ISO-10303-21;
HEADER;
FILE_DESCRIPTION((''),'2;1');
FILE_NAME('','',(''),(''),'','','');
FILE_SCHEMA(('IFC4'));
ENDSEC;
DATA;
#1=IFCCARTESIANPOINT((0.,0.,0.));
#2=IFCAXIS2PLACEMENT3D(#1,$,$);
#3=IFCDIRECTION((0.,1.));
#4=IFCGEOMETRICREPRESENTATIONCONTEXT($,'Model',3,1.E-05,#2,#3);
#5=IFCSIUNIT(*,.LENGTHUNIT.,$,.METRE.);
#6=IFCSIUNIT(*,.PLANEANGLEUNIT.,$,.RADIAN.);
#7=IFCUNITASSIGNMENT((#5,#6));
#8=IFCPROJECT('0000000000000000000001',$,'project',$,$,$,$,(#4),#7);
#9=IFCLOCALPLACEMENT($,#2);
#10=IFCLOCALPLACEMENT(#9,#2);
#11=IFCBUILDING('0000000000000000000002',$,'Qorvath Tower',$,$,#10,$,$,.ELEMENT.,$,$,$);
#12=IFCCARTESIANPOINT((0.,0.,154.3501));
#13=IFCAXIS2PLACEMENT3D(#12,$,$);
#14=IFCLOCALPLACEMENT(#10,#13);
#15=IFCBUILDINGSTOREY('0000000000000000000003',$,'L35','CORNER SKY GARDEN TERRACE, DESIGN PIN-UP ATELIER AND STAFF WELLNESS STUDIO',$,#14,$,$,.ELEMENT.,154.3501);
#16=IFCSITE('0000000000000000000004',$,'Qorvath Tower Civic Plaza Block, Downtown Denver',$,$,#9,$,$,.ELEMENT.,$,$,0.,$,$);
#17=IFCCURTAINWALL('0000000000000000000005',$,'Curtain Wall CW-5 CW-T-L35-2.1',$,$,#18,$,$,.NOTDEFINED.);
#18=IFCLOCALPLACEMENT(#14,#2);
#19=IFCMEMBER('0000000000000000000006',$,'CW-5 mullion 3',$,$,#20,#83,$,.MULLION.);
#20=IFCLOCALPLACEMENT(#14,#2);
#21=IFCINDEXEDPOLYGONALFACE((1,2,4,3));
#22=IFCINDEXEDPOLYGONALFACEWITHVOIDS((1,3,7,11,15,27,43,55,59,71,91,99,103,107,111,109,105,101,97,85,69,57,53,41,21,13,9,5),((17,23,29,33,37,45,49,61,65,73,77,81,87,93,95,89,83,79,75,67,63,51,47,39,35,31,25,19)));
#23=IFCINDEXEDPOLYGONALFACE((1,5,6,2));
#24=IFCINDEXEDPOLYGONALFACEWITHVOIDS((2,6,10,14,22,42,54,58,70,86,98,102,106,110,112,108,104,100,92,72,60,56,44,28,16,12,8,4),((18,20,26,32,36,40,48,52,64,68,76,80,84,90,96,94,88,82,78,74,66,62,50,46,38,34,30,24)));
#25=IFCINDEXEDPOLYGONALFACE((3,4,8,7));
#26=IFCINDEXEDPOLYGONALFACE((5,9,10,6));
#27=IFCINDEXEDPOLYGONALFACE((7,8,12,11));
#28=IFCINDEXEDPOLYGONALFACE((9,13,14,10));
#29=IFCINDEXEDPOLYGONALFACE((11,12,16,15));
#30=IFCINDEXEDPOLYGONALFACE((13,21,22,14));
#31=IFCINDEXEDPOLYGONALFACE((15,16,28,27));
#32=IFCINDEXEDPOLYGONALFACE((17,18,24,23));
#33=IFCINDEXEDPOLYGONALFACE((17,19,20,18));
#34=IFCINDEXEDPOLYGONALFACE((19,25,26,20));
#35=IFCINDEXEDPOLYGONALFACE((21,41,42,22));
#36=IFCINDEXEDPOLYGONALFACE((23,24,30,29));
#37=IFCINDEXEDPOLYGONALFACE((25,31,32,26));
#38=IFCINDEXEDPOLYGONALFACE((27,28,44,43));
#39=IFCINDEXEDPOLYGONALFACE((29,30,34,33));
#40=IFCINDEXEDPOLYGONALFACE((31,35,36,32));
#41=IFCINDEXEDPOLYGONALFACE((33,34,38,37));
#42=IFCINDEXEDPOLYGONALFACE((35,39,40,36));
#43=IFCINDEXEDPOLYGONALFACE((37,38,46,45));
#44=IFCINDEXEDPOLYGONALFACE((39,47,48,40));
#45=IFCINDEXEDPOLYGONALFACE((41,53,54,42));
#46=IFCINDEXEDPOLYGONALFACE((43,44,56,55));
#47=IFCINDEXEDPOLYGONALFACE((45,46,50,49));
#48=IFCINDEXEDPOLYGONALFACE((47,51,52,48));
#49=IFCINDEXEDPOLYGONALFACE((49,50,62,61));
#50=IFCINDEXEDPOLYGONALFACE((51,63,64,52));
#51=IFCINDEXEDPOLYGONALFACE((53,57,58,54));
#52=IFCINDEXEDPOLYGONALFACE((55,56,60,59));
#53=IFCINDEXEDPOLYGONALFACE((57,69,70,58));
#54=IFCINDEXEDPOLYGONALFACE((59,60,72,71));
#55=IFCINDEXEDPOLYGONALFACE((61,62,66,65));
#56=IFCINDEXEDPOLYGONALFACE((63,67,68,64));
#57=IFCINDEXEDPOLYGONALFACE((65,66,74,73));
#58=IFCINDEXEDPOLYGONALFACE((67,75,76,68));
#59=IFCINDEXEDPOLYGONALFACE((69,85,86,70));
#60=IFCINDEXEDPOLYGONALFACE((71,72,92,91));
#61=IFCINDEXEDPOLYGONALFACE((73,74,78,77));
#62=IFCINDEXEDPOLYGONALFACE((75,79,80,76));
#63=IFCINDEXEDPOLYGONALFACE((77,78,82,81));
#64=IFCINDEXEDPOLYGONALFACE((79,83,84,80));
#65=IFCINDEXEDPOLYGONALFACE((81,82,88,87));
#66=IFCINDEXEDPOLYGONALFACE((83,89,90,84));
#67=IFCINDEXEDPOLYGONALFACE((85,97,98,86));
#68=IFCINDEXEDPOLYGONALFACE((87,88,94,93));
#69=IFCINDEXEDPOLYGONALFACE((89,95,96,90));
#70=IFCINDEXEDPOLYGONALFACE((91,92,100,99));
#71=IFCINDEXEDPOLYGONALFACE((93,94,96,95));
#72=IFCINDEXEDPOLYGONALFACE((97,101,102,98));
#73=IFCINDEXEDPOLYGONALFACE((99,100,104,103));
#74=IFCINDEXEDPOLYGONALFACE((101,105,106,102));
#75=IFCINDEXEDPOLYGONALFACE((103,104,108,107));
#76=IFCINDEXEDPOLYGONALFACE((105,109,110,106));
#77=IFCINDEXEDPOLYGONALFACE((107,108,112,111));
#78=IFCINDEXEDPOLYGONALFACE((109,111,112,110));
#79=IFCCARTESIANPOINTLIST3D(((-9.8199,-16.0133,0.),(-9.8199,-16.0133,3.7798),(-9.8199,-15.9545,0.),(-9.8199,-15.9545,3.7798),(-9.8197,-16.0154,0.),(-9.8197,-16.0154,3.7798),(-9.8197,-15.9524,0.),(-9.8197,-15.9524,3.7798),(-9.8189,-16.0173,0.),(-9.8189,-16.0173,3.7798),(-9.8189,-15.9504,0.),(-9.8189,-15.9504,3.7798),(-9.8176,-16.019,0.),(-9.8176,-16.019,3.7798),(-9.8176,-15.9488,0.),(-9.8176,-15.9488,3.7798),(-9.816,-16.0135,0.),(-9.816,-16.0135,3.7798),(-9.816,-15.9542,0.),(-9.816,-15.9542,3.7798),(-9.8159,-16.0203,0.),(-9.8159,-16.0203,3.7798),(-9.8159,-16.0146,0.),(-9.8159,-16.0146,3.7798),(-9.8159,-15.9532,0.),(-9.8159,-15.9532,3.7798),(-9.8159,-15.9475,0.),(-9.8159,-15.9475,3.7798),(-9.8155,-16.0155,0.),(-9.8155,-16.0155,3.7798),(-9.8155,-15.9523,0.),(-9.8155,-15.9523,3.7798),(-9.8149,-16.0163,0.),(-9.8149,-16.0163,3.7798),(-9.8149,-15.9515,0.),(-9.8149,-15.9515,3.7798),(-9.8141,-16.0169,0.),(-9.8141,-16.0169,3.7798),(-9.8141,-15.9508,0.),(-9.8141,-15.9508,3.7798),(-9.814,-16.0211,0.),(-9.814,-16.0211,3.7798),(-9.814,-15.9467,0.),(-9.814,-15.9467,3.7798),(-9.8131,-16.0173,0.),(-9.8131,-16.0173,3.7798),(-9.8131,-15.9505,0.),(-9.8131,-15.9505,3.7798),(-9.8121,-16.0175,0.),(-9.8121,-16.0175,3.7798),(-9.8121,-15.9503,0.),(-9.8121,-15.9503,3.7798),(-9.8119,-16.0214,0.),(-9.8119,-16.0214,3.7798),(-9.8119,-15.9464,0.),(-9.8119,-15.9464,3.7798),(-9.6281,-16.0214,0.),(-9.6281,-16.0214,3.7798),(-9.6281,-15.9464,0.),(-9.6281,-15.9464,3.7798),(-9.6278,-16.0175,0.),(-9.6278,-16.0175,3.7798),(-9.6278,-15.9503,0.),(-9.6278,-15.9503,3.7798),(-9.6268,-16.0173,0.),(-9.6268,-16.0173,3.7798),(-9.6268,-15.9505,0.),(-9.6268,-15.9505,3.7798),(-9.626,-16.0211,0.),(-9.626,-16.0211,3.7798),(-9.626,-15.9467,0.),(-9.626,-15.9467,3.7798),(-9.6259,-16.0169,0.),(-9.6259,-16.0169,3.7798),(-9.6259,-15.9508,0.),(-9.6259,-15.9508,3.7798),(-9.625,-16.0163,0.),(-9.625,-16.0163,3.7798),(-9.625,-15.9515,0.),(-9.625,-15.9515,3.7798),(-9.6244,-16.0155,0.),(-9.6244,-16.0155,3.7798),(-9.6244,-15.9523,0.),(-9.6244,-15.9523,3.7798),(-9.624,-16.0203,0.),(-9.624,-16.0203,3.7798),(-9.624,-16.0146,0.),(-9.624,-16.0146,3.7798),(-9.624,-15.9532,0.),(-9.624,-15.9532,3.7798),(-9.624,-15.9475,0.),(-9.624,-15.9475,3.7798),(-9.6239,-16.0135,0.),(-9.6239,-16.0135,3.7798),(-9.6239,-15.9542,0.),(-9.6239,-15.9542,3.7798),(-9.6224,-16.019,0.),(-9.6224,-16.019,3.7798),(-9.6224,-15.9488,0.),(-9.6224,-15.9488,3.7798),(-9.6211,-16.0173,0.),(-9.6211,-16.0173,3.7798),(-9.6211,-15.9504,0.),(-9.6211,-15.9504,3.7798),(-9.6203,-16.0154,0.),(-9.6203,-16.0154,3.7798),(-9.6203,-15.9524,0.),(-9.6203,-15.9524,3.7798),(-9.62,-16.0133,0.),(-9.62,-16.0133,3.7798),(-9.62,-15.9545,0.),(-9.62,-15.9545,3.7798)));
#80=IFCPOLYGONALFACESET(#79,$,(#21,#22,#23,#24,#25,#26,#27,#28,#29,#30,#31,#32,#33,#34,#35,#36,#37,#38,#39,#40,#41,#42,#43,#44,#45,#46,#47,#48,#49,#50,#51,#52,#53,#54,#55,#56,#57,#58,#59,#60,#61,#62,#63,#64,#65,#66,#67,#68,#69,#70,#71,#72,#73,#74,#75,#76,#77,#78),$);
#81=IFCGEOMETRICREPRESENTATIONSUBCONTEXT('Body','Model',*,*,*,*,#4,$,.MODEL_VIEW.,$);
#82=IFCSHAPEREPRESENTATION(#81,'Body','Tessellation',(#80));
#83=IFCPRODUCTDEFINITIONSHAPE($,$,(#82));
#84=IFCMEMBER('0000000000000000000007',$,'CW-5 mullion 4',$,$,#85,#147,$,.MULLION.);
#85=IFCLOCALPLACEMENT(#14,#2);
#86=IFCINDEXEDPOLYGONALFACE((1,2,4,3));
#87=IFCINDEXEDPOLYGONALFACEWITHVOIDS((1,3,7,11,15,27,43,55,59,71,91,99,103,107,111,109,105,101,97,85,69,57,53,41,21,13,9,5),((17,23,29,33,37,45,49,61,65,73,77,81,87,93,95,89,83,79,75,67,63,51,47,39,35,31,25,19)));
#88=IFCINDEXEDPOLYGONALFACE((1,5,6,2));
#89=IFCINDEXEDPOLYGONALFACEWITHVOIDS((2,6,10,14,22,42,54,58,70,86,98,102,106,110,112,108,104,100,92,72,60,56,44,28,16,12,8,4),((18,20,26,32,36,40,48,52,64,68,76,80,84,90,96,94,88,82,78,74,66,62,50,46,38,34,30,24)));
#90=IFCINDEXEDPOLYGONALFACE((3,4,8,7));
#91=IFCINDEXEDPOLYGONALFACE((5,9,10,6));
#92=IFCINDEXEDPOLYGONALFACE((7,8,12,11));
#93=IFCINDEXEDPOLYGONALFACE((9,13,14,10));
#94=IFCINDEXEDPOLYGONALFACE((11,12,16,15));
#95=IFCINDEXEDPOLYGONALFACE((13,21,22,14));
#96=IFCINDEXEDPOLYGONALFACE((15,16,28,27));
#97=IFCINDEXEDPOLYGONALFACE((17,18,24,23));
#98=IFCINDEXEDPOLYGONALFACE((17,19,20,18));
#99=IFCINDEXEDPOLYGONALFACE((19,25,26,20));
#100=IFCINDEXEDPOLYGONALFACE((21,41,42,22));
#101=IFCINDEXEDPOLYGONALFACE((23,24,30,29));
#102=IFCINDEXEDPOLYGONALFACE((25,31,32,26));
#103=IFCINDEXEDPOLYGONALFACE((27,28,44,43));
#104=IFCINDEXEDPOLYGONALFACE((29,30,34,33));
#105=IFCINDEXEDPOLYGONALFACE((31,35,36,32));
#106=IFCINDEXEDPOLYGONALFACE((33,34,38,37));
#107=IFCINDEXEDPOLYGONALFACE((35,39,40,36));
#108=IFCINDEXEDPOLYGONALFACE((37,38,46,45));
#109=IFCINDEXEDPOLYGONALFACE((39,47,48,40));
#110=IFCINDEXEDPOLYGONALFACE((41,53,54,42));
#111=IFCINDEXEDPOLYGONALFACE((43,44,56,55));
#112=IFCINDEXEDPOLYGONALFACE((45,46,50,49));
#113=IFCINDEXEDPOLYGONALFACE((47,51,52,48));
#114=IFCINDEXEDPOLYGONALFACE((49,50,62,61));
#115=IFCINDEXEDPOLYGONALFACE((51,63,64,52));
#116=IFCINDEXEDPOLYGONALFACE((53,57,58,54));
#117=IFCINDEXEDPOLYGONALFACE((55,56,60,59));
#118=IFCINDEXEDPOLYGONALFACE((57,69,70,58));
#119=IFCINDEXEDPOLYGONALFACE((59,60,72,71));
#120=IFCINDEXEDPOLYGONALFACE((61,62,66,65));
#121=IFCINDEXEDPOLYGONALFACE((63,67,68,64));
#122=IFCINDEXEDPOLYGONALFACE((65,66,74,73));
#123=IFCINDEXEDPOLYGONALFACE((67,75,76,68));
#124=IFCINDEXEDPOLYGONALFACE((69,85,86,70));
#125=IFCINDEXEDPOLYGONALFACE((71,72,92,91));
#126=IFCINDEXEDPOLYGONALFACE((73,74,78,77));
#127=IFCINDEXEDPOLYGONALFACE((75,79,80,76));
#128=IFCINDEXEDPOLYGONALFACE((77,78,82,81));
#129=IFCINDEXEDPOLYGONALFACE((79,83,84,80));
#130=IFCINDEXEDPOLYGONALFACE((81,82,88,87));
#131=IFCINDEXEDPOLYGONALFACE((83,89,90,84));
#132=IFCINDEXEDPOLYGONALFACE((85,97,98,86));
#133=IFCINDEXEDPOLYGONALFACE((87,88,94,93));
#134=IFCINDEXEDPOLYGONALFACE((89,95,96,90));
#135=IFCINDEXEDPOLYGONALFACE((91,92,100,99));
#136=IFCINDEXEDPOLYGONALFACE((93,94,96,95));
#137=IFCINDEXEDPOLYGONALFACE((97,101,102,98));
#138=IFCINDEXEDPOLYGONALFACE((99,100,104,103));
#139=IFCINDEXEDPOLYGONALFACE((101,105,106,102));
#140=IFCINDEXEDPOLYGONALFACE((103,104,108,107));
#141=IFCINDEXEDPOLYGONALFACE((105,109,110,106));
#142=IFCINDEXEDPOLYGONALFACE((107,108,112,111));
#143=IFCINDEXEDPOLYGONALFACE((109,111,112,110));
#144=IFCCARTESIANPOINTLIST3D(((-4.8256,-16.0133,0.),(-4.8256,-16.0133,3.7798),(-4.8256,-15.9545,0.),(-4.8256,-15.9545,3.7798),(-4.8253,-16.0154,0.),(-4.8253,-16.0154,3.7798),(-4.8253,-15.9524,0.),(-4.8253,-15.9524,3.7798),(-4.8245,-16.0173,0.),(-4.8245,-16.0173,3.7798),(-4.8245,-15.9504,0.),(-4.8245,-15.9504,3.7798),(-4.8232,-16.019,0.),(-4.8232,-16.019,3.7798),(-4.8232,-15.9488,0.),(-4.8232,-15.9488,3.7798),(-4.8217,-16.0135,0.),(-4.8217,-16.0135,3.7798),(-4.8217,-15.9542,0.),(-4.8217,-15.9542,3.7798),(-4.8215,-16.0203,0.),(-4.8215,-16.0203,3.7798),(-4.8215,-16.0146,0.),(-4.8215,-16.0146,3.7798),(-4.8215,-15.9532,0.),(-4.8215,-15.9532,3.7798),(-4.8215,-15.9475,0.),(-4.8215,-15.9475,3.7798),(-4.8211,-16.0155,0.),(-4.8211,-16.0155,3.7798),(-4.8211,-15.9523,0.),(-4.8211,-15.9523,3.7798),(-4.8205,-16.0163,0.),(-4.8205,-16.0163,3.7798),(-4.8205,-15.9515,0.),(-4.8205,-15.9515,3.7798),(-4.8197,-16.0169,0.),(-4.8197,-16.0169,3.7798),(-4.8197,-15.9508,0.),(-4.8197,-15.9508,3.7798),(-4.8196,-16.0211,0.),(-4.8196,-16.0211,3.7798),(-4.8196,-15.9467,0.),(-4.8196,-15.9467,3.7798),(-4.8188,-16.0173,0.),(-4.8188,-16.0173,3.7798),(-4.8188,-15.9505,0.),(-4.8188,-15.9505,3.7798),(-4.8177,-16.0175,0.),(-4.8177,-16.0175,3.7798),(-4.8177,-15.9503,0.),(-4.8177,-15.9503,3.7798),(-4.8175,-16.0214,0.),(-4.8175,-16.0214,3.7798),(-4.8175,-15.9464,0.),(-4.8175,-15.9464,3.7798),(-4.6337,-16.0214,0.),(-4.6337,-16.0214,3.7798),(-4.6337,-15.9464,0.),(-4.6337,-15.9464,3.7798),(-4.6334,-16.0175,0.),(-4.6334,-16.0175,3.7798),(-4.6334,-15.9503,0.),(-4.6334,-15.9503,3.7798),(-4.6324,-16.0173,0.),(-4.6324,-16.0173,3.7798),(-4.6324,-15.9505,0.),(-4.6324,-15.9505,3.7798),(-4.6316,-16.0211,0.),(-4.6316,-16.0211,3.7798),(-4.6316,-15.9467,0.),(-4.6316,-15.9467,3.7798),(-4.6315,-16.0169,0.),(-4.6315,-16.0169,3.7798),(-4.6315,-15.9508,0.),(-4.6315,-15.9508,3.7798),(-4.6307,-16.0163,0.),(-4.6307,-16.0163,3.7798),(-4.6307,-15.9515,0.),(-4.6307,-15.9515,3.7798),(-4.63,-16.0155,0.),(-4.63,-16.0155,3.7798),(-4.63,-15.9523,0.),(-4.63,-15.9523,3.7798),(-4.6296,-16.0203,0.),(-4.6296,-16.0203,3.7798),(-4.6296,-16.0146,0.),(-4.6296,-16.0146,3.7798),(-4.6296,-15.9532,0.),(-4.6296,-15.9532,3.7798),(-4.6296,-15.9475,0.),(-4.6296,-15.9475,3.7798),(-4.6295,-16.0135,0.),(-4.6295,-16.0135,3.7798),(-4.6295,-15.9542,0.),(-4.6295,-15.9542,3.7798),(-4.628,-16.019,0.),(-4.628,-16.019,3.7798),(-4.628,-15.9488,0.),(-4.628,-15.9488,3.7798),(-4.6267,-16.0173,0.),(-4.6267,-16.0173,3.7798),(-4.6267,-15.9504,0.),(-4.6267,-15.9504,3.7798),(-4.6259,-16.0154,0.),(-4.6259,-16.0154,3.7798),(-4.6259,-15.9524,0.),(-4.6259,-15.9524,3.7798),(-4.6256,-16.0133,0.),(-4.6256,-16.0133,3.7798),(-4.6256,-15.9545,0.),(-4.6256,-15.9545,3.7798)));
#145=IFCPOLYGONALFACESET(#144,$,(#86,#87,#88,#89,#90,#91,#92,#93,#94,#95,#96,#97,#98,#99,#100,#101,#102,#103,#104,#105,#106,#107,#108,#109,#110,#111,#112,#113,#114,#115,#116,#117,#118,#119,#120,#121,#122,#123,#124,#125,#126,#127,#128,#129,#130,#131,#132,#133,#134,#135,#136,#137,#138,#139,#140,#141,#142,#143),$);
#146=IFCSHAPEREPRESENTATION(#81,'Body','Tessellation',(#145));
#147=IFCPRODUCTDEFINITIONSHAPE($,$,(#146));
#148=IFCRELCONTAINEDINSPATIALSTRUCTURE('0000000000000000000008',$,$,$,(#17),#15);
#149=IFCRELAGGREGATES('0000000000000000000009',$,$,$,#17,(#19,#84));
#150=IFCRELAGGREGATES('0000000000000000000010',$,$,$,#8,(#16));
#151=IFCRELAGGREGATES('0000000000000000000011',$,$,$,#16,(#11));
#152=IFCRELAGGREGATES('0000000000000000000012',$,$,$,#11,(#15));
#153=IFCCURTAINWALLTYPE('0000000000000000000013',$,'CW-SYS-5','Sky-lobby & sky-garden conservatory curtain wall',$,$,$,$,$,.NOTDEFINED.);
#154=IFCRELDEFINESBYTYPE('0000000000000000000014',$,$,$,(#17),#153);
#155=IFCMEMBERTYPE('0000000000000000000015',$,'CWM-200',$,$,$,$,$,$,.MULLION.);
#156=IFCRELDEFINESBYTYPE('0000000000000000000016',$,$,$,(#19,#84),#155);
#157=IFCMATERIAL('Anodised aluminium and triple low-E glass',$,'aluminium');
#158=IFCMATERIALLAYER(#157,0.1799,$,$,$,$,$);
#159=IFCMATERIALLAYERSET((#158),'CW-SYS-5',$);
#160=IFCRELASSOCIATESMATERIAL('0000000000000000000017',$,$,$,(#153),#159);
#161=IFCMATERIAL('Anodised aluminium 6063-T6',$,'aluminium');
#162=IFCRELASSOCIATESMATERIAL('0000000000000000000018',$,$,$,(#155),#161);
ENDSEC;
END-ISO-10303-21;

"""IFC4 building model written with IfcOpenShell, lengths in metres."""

from ifc_helpers import new_model, si_unit, direction, frame, origin, origin_2d, place, context, subcontext, project, spatial, hollow_rectangle, extrude, material, layer, layer_set, material_profile, profile_set, type_object, element, aggregate, save


model = new_model("IFC4")

# Units and contexts
model_context = context("Model", 3, precision=1e-05, world=origin(), true_north=direction((0.0, 1.0)))
body_context = subcontext(model_context, "Body", "Model", "MODEL_VIEW")
ifc_project = project(units=[si_unit("LENGTHUNIT", "METRE"), si_unit("PLANEANGLEUNIT", "RADIAN")], contexts=[model_context])

# Site, building, storey
site_placement = place(None, origin())
site = spatial("IfcSite", under=ifc_project, at=site_placement, Name="Qorvath Tower Civic Plaza Block, Downtown Denver", CompositionType="ELEMENT", RefElevation=0.0)
building_placement = place(site_placement, origin())
building = spatial("IfcBuilding", under=site, at=building_placement, Name="Qorvath Tower", CompositionType="ELEMENT")
storey_placement = place(building_placement, frame((0.0, 0.0, 154.3501)))
storey = spatial("IfcBuildingStorey", under=building, at=storey_placement, Name="L35", Description="CORNER SKY GARDEN TERRACE, DESIGN PIN-UP ATELIER AND STAFF WELLNESS STUDIO", CompositionType="ELEMENT", Elevation=154.3501)

# Curtain wall, members
ifc_material_1 = material(Name="Anodised aluminium and triple low-E glass", Category="aluminium")
ifc_layer_1 = layer(ifc_material_1, 0.1799)
ifc_layer_set_1 = layer_set([ifc_layer_1], Name="CW-SYS-5")
curtain_wall_type = type_object("IfcCurtainWallType", Name="CW-SYS-5", Description="Sky-lobby & sky-garden conservatory curtain wall", PredefinedType="NOTDEFINED", material=ifc_layer_set_1)
curtain_wall_1_placement = place(storey_placement, origin())
curtain_wall_1 = element("IfcCurtainWall", 1, at=curtain_wall_1_placement, inside=storey, type_object=curtain_wall_type, Name="Curtain Wall CW-5 CW-T-L35-2.1", PredefinedType="NOTDEFINED")
ifc_material_2 = material(Name="Anodised aluminium 6063-T6", Category="aluminium")
ifc_material_profile_1 = material_profile(ifc_material_2, hollow_rectangle(XDim=0.075, YDim=0.2, WallThickness=0.0039, InnerFilletRadius=0.0039, OuterFilletRadius=0.0081, at=origin_2d()), Name="CWM 200x75")
ifc_profile_set_1 = profile_set([ifc_material_profile_1], Name="Anodised aluminium 6063-T6")
member_type_1 = type_object("IfcMemberType", Name="CWM-200", PredefinedType="MULLION", material=ifc_profile_set_1)
member_1_placement = place(storey_placement, frame((-9.72, -15.9839, 0.0), z_axis=(0.0, 0.0, 1.0), x_axis=(0.0, 1.0, 0.0)))
member_1 = element("IfcMember", 2, at=member_1_placement, type_object=member_type_1, Name="CW-5 mullion 3", PredefinedType="MULLION", context=body_context, shape_type="SweptSolid", body=[
    extrude(hollow_rectangle(XDim=0.075, YDim=0.2, WallThickness=0.0039, InnerFilletRadius=0.0039, OuterFilletRadius=0.0081, at=origin_2d()), origin(), (0.0, 0.0, 1.0), 3.7798),
])
member_2_placement = place(storey_placement, frame((-4.7256, -15.9839, 0.0), z_axis=(0.0, 0.0, 1.0), x_axis=(0.0, 1.0, 0.0)))
member_2 = element("IfcMember", 3, at=member_2_placement, type_object=member_type_1, Name="CW-5 mullion 4", PredefinedType="MULLION", context=body_context, shape_type="SweptSolid", body=[
    extrude(hollow_rectangle(XDim=0.075, YDim=0.2, WallThickness=0.0039, InnerFilletRadius=0.0039, OuterFilletRadius=0.0081, at=origin_2d()), origin(), (0.0, 0.0, 1.0), 3.7798),
])

aggregate(curtain_wall_1, [member_1, member_2])

save(model, "model.ifc")
